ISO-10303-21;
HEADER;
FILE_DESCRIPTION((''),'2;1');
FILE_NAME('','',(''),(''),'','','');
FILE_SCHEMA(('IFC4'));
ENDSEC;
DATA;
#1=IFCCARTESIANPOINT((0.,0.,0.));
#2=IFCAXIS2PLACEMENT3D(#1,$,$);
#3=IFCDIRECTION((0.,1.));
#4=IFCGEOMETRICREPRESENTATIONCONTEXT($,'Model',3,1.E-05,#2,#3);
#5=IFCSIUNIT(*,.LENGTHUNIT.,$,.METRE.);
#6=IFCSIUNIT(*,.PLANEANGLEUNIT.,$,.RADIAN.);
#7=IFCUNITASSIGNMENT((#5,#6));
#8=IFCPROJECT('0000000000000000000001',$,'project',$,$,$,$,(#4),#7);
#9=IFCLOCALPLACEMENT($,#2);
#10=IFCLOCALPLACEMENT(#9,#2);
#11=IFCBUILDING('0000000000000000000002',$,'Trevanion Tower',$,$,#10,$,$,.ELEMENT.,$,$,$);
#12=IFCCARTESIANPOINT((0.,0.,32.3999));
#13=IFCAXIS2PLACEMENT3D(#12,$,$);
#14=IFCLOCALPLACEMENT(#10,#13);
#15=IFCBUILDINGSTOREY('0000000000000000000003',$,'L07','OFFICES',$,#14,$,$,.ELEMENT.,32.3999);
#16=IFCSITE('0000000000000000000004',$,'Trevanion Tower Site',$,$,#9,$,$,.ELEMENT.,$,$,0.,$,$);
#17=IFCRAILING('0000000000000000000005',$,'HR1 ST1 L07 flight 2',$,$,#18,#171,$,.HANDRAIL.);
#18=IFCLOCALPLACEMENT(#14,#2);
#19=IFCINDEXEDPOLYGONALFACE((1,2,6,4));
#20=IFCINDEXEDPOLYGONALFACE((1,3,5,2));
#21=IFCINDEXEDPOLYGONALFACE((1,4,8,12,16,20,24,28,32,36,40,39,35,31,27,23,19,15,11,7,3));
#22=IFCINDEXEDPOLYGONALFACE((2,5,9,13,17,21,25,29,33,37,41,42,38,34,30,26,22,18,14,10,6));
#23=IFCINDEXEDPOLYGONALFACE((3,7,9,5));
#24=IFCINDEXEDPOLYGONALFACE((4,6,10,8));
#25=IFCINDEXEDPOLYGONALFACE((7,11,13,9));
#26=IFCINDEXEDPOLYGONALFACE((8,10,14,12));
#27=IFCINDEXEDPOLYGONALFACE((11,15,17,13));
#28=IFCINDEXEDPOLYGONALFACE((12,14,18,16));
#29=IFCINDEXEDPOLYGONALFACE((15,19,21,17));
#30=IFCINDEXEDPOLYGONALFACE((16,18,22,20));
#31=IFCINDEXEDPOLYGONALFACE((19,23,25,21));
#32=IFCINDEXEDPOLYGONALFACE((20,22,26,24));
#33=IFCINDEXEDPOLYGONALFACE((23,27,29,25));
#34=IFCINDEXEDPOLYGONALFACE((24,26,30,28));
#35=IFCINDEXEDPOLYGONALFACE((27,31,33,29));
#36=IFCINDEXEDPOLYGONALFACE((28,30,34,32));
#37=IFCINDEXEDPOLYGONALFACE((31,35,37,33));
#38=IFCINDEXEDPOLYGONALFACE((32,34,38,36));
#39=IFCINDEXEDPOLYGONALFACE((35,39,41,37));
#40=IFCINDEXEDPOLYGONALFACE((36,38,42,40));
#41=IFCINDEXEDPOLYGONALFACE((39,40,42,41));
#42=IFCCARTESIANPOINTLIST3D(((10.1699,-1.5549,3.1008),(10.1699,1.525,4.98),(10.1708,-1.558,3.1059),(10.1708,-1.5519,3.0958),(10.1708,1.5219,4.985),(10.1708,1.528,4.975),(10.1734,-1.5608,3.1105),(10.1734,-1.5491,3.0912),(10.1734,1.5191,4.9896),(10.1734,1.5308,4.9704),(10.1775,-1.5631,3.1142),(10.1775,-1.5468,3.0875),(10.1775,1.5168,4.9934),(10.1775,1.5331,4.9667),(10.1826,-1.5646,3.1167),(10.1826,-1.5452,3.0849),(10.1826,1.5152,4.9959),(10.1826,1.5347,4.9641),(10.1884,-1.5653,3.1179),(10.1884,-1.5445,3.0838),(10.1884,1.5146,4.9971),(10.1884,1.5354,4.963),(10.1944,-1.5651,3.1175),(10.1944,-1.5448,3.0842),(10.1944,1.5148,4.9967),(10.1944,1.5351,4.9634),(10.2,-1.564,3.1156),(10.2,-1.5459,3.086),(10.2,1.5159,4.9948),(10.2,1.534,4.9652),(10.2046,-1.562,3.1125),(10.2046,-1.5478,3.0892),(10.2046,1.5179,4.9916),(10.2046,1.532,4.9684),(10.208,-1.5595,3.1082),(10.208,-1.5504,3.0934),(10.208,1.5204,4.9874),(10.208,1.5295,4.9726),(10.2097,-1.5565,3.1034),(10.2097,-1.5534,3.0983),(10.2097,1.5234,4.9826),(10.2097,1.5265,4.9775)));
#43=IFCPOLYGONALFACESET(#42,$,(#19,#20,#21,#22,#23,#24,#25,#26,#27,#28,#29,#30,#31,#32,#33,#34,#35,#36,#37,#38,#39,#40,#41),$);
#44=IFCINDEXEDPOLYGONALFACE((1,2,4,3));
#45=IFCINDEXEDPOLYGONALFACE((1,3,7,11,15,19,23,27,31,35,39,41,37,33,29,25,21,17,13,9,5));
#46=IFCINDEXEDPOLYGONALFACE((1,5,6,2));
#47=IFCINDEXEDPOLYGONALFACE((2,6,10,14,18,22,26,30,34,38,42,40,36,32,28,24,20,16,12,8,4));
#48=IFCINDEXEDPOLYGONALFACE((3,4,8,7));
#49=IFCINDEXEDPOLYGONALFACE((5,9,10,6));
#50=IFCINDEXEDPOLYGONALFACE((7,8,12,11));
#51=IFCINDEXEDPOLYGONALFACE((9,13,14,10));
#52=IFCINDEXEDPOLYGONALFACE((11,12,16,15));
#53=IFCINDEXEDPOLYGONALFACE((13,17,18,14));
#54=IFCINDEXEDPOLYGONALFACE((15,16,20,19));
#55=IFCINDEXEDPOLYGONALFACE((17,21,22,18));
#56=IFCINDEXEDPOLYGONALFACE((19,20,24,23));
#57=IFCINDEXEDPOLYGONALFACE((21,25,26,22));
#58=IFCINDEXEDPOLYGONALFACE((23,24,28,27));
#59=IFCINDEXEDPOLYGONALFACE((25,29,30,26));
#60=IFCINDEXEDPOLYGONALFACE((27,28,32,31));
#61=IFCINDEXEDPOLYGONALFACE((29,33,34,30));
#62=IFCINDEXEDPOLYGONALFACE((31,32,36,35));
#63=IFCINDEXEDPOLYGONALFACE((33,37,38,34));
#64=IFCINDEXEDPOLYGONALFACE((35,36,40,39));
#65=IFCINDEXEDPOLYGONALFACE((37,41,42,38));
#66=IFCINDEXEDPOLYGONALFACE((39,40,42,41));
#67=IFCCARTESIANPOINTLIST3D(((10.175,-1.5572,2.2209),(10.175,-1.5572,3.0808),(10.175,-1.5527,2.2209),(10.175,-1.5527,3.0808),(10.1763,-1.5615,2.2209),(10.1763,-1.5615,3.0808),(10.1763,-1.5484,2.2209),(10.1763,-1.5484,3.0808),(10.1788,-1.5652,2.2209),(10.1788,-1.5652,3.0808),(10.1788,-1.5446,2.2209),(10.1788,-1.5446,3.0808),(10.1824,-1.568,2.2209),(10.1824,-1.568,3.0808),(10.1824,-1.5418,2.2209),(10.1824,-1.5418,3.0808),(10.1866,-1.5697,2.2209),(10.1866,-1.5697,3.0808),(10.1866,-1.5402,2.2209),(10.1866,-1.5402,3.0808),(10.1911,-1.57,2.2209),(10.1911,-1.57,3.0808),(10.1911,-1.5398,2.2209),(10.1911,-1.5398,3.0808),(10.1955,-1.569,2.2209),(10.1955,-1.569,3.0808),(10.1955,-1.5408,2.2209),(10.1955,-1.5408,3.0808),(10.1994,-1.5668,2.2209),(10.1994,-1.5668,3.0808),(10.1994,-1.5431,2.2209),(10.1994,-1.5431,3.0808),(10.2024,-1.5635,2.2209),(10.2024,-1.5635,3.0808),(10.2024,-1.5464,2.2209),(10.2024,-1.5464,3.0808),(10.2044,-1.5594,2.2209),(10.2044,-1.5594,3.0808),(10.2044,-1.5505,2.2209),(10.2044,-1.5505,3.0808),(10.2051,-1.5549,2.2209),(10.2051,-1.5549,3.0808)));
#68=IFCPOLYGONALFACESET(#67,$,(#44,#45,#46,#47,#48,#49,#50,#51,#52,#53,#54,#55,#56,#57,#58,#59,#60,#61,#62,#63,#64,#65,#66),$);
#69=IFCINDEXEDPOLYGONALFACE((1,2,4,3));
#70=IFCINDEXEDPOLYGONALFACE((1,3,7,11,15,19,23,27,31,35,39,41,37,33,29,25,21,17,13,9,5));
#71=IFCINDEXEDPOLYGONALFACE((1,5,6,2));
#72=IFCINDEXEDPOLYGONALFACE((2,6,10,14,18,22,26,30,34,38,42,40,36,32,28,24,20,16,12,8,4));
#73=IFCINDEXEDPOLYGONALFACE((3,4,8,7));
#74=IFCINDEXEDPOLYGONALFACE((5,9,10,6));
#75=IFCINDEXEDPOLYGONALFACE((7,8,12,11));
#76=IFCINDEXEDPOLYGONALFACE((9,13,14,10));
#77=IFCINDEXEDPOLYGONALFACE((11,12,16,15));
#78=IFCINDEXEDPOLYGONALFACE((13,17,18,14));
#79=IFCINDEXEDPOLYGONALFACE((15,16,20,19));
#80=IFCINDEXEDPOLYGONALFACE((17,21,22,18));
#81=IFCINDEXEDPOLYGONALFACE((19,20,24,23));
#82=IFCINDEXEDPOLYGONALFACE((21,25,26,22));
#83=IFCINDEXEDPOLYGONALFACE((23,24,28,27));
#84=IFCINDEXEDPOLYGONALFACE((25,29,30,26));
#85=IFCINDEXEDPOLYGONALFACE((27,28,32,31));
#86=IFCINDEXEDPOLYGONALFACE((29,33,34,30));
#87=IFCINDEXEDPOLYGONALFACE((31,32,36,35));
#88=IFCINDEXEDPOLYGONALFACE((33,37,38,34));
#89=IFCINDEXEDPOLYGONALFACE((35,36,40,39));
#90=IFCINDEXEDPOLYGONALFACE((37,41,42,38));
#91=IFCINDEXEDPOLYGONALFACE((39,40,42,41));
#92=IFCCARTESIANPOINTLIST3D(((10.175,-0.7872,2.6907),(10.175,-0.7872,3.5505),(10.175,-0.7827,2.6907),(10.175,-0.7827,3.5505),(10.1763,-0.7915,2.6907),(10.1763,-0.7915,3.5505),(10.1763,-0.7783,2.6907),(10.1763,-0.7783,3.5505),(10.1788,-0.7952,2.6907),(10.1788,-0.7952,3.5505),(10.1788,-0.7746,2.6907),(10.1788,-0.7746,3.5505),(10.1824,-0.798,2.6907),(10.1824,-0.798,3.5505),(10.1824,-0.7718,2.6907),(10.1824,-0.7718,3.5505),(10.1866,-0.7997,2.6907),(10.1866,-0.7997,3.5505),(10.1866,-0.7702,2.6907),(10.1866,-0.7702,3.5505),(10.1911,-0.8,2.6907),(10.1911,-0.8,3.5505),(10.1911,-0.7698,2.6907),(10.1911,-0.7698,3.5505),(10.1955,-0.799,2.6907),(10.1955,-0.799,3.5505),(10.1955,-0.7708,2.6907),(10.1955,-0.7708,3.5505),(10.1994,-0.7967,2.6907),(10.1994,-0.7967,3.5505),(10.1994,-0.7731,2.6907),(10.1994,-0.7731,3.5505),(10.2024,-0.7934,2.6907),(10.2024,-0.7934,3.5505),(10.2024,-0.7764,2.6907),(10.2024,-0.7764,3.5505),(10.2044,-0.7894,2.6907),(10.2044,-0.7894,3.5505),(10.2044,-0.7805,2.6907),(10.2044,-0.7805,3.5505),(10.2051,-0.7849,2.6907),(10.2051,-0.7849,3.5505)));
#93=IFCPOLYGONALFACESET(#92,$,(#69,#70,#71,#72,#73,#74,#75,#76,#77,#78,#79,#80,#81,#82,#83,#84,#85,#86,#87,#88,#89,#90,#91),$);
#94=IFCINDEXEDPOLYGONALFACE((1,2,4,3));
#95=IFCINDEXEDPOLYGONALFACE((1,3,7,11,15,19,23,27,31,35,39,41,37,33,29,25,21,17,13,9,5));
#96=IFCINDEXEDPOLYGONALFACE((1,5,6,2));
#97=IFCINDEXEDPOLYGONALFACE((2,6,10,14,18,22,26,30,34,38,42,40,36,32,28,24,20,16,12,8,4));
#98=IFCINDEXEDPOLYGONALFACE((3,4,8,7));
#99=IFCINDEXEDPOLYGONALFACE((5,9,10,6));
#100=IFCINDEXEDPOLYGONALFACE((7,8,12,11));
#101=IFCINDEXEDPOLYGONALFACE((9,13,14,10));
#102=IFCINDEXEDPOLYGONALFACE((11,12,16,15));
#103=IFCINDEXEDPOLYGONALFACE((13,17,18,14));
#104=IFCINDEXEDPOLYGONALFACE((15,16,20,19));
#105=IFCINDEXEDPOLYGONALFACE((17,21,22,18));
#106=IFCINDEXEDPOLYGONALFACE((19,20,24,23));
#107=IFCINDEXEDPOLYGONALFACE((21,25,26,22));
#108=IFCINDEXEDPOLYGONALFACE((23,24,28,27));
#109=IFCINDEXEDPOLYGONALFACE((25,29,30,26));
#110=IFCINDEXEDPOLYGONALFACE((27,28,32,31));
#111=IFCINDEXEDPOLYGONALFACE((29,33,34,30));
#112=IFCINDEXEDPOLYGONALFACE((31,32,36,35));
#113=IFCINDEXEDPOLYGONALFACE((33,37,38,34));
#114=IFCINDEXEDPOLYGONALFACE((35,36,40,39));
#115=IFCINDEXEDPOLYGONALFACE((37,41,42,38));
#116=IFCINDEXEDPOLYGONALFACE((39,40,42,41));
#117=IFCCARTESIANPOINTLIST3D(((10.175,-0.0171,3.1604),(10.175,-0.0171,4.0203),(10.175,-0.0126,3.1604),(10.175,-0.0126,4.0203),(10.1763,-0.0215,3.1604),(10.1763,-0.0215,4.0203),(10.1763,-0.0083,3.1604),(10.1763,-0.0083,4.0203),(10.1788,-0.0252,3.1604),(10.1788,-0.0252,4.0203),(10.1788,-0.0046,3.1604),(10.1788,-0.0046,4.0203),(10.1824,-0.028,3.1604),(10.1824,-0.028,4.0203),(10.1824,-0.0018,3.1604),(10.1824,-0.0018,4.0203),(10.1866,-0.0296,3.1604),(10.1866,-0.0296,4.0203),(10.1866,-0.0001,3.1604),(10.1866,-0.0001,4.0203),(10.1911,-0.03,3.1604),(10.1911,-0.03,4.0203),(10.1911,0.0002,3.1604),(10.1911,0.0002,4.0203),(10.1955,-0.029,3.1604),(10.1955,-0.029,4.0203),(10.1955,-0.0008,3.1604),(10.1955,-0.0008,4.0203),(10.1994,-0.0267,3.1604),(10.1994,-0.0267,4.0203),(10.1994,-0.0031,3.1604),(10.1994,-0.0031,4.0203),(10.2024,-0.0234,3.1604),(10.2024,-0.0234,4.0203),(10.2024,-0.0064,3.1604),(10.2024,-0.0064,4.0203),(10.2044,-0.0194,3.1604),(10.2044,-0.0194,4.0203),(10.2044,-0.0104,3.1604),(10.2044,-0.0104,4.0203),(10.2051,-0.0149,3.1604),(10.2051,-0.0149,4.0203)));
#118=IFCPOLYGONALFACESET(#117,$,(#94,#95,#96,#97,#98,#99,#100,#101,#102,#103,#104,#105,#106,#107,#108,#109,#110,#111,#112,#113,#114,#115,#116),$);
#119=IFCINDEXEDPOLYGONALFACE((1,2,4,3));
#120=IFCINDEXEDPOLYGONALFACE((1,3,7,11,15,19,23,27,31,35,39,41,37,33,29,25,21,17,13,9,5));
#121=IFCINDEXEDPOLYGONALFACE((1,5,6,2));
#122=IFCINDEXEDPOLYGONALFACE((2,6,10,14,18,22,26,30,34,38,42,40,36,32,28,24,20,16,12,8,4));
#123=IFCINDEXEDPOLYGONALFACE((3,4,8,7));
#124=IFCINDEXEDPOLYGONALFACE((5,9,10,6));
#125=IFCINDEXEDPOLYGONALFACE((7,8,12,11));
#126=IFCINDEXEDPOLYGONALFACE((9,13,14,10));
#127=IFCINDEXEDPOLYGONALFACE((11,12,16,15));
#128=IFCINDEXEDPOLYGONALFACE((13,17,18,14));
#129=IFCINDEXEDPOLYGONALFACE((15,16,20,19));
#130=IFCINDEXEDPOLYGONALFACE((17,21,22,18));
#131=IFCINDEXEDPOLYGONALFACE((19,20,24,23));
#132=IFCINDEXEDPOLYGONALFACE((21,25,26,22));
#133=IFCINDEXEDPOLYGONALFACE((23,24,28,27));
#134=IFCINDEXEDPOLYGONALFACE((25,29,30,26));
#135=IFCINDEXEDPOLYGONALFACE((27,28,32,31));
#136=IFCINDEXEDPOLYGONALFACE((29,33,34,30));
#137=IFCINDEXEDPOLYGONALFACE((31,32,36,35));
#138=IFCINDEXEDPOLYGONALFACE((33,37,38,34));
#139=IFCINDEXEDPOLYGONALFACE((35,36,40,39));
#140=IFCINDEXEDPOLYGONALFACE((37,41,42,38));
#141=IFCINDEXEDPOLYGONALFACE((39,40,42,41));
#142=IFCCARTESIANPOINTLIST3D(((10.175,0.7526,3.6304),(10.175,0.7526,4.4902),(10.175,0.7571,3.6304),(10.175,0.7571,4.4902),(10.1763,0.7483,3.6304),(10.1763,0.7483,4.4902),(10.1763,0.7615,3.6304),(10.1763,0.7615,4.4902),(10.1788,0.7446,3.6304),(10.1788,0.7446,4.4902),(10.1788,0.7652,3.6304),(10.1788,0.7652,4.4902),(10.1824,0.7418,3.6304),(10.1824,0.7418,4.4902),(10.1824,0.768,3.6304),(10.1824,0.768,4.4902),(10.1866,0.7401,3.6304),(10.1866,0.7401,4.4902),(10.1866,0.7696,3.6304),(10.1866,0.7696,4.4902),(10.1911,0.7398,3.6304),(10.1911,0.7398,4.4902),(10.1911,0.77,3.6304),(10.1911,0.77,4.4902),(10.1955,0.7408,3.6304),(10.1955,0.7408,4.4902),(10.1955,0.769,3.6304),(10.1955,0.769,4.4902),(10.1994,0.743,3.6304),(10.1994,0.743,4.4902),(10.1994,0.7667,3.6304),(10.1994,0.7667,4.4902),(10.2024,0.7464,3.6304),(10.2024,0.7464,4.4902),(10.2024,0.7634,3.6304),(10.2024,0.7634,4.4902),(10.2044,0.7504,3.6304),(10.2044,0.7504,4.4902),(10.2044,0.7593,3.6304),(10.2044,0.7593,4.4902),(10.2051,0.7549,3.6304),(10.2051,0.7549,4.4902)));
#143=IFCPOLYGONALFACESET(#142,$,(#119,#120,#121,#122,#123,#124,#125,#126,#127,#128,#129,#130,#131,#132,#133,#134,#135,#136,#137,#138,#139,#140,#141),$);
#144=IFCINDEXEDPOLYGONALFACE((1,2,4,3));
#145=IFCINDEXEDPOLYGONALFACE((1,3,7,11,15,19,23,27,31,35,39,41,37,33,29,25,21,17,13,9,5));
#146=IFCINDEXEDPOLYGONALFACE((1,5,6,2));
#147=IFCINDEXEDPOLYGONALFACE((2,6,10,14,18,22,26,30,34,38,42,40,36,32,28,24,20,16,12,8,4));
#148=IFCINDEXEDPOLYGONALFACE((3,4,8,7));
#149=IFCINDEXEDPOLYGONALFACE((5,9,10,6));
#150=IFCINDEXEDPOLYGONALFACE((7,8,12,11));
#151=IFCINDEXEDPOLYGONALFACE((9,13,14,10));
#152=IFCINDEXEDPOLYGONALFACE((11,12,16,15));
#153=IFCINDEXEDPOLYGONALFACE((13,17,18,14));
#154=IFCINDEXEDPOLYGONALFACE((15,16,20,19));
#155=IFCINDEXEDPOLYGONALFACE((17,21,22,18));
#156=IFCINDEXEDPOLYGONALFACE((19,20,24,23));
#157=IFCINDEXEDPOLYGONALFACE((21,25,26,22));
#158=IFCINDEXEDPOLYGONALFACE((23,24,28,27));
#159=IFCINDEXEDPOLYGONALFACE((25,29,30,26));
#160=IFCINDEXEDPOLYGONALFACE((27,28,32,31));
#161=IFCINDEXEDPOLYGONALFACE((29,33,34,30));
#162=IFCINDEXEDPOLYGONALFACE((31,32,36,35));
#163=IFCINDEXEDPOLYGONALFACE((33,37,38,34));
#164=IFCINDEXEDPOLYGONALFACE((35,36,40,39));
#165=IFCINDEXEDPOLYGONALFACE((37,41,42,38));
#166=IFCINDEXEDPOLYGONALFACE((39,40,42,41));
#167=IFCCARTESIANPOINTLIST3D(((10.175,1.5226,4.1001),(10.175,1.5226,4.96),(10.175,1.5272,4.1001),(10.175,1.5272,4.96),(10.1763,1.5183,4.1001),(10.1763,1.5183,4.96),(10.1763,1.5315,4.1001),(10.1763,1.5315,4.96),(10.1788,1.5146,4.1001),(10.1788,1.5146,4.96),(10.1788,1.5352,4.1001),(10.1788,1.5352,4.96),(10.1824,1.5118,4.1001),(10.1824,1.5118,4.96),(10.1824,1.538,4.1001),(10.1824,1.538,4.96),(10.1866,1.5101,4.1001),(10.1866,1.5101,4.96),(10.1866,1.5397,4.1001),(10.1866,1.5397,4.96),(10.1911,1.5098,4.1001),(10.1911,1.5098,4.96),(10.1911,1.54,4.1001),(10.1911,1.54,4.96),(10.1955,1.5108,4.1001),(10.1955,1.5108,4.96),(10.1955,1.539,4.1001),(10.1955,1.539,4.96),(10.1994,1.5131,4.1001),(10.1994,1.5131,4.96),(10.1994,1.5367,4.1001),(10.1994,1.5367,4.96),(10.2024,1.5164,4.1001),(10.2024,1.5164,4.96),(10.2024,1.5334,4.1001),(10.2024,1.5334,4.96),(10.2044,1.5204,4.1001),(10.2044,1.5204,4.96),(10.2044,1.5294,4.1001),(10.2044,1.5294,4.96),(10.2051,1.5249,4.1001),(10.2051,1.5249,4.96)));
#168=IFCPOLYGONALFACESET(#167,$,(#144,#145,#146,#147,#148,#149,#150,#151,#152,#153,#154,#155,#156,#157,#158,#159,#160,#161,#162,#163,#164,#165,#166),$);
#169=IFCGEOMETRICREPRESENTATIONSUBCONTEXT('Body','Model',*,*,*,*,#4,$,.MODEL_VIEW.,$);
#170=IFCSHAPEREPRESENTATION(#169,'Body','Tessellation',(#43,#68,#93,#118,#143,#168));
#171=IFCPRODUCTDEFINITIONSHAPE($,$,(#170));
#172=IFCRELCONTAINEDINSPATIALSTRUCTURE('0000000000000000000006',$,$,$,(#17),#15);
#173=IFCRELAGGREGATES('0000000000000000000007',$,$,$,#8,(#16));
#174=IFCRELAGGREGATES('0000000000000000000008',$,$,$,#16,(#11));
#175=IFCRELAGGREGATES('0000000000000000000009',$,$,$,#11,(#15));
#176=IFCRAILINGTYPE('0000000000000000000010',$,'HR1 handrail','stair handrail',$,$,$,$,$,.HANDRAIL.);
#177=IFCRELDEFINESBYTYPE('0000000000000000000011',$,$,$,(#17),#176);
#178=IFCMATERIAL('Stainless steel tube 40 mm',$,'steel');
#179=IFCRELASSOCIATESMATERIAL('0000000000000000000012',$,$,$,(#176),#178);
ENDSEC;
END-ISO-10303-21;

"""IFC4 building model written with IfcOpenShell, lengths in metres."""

from ifc_helpers import new_model, si_unit, direction, frame, origin, origin_2d, place, context, subcontext, project, spatial, circle, extrude, material, type_object, element, save


model = new_model("IFC4")

# Units and contexts
model_context = context("Model", 3, precision=1e-05, world=origin(), true_north=direction((0.0, 1.0)))
body_context = subcontext(model_context, "Body", "Model", "MODEL_VIEW")
ifc_project = project(units=[si_unit("LENGTHUNIT", "METRE"), si_unit("PLANEANGLEUNIT", "RADIAN")], contexts=[model_context])

# Site, building, storey
site_placement = place(None, origin())
site = spatial("IfcSite", under=ifc_project, at=site_placement, Name="Trevanion Tower Site", CompositionType="ELEMENT", RefElevation=0.0)
building_placement = place(site_placement, origin())
building = spatial("IfcBuilding", under=site, at=building_placement, Name="Trevanion Tower", CompositionType="ELEMENT")
storey_placement = place(building_placement, frame((0.0, 0.0, 32.3999)))
storey = spatial("IfcBuildingStorey", under=building, at=storey_placement, Name="L07", Description="OFFICES", CompositionType="ELEMENT", Elevation=32.3999)

# Railing
ifc_material_1 = material(Name="Stainless steel tube 40 mm", Category="steel")
railing_type = type_object("IfcRailingType", Name="HR1 handrail", Description="stair handrail", PredefinedType="HANDRAIL", material=ifc_material_1)
for number, where, name in (
    (1, (10.1899, -1.5549, 2.2209), "HR1 ST1 L07 flight 2"),
):
    element("IfcRailing", number, at=place(storey_placement, frame(where)), inside=storey, type_object=railing_type, Name=name, PredefinedType="HANDRAIL", context=body_context, shape_type="SweptSolid", body=[
        extrude(circle(Radius=0.02, at=origin_2d()), frame((0.0, 0.0, 0.8799), z_axis=(0.0, 0.853648, 0.52085), x_axis=(-1.0, 0.0, 0.0)), (0.0, 0.0, 1.0), 3.6079),
        extrude(circle(Radius=0.0151, at=origin_2d()), origin(), (0.0, 0.0, 1.0), 0.8599),
        extrude(circle(Radius=0.0151, at=origin_2d()), frame((0.0, 0.77, 0.4697)), (0.0, 0.0, 1.0), 0.8599),
        extrude(circle(Radius=0.0151, at=origin_2d()), frame((0.0, 1.54, 0.9395)), (0.0, 0.0, 1.0), 0.8599),
        extrude(circle(Radius=0.0151, at=origin_2d()), frame((0.0, 2.3098, 1.4094)), (0.0, 0.0, 1.0), 0.8599),
        extrude(circle(Radius=0.0151, at=origin_2d()), frame((0.0, 3.0798, 1.8792)), (0.0, 0.0, 1.0), 0.8599),
    ])

save(model, "model.ifc")
